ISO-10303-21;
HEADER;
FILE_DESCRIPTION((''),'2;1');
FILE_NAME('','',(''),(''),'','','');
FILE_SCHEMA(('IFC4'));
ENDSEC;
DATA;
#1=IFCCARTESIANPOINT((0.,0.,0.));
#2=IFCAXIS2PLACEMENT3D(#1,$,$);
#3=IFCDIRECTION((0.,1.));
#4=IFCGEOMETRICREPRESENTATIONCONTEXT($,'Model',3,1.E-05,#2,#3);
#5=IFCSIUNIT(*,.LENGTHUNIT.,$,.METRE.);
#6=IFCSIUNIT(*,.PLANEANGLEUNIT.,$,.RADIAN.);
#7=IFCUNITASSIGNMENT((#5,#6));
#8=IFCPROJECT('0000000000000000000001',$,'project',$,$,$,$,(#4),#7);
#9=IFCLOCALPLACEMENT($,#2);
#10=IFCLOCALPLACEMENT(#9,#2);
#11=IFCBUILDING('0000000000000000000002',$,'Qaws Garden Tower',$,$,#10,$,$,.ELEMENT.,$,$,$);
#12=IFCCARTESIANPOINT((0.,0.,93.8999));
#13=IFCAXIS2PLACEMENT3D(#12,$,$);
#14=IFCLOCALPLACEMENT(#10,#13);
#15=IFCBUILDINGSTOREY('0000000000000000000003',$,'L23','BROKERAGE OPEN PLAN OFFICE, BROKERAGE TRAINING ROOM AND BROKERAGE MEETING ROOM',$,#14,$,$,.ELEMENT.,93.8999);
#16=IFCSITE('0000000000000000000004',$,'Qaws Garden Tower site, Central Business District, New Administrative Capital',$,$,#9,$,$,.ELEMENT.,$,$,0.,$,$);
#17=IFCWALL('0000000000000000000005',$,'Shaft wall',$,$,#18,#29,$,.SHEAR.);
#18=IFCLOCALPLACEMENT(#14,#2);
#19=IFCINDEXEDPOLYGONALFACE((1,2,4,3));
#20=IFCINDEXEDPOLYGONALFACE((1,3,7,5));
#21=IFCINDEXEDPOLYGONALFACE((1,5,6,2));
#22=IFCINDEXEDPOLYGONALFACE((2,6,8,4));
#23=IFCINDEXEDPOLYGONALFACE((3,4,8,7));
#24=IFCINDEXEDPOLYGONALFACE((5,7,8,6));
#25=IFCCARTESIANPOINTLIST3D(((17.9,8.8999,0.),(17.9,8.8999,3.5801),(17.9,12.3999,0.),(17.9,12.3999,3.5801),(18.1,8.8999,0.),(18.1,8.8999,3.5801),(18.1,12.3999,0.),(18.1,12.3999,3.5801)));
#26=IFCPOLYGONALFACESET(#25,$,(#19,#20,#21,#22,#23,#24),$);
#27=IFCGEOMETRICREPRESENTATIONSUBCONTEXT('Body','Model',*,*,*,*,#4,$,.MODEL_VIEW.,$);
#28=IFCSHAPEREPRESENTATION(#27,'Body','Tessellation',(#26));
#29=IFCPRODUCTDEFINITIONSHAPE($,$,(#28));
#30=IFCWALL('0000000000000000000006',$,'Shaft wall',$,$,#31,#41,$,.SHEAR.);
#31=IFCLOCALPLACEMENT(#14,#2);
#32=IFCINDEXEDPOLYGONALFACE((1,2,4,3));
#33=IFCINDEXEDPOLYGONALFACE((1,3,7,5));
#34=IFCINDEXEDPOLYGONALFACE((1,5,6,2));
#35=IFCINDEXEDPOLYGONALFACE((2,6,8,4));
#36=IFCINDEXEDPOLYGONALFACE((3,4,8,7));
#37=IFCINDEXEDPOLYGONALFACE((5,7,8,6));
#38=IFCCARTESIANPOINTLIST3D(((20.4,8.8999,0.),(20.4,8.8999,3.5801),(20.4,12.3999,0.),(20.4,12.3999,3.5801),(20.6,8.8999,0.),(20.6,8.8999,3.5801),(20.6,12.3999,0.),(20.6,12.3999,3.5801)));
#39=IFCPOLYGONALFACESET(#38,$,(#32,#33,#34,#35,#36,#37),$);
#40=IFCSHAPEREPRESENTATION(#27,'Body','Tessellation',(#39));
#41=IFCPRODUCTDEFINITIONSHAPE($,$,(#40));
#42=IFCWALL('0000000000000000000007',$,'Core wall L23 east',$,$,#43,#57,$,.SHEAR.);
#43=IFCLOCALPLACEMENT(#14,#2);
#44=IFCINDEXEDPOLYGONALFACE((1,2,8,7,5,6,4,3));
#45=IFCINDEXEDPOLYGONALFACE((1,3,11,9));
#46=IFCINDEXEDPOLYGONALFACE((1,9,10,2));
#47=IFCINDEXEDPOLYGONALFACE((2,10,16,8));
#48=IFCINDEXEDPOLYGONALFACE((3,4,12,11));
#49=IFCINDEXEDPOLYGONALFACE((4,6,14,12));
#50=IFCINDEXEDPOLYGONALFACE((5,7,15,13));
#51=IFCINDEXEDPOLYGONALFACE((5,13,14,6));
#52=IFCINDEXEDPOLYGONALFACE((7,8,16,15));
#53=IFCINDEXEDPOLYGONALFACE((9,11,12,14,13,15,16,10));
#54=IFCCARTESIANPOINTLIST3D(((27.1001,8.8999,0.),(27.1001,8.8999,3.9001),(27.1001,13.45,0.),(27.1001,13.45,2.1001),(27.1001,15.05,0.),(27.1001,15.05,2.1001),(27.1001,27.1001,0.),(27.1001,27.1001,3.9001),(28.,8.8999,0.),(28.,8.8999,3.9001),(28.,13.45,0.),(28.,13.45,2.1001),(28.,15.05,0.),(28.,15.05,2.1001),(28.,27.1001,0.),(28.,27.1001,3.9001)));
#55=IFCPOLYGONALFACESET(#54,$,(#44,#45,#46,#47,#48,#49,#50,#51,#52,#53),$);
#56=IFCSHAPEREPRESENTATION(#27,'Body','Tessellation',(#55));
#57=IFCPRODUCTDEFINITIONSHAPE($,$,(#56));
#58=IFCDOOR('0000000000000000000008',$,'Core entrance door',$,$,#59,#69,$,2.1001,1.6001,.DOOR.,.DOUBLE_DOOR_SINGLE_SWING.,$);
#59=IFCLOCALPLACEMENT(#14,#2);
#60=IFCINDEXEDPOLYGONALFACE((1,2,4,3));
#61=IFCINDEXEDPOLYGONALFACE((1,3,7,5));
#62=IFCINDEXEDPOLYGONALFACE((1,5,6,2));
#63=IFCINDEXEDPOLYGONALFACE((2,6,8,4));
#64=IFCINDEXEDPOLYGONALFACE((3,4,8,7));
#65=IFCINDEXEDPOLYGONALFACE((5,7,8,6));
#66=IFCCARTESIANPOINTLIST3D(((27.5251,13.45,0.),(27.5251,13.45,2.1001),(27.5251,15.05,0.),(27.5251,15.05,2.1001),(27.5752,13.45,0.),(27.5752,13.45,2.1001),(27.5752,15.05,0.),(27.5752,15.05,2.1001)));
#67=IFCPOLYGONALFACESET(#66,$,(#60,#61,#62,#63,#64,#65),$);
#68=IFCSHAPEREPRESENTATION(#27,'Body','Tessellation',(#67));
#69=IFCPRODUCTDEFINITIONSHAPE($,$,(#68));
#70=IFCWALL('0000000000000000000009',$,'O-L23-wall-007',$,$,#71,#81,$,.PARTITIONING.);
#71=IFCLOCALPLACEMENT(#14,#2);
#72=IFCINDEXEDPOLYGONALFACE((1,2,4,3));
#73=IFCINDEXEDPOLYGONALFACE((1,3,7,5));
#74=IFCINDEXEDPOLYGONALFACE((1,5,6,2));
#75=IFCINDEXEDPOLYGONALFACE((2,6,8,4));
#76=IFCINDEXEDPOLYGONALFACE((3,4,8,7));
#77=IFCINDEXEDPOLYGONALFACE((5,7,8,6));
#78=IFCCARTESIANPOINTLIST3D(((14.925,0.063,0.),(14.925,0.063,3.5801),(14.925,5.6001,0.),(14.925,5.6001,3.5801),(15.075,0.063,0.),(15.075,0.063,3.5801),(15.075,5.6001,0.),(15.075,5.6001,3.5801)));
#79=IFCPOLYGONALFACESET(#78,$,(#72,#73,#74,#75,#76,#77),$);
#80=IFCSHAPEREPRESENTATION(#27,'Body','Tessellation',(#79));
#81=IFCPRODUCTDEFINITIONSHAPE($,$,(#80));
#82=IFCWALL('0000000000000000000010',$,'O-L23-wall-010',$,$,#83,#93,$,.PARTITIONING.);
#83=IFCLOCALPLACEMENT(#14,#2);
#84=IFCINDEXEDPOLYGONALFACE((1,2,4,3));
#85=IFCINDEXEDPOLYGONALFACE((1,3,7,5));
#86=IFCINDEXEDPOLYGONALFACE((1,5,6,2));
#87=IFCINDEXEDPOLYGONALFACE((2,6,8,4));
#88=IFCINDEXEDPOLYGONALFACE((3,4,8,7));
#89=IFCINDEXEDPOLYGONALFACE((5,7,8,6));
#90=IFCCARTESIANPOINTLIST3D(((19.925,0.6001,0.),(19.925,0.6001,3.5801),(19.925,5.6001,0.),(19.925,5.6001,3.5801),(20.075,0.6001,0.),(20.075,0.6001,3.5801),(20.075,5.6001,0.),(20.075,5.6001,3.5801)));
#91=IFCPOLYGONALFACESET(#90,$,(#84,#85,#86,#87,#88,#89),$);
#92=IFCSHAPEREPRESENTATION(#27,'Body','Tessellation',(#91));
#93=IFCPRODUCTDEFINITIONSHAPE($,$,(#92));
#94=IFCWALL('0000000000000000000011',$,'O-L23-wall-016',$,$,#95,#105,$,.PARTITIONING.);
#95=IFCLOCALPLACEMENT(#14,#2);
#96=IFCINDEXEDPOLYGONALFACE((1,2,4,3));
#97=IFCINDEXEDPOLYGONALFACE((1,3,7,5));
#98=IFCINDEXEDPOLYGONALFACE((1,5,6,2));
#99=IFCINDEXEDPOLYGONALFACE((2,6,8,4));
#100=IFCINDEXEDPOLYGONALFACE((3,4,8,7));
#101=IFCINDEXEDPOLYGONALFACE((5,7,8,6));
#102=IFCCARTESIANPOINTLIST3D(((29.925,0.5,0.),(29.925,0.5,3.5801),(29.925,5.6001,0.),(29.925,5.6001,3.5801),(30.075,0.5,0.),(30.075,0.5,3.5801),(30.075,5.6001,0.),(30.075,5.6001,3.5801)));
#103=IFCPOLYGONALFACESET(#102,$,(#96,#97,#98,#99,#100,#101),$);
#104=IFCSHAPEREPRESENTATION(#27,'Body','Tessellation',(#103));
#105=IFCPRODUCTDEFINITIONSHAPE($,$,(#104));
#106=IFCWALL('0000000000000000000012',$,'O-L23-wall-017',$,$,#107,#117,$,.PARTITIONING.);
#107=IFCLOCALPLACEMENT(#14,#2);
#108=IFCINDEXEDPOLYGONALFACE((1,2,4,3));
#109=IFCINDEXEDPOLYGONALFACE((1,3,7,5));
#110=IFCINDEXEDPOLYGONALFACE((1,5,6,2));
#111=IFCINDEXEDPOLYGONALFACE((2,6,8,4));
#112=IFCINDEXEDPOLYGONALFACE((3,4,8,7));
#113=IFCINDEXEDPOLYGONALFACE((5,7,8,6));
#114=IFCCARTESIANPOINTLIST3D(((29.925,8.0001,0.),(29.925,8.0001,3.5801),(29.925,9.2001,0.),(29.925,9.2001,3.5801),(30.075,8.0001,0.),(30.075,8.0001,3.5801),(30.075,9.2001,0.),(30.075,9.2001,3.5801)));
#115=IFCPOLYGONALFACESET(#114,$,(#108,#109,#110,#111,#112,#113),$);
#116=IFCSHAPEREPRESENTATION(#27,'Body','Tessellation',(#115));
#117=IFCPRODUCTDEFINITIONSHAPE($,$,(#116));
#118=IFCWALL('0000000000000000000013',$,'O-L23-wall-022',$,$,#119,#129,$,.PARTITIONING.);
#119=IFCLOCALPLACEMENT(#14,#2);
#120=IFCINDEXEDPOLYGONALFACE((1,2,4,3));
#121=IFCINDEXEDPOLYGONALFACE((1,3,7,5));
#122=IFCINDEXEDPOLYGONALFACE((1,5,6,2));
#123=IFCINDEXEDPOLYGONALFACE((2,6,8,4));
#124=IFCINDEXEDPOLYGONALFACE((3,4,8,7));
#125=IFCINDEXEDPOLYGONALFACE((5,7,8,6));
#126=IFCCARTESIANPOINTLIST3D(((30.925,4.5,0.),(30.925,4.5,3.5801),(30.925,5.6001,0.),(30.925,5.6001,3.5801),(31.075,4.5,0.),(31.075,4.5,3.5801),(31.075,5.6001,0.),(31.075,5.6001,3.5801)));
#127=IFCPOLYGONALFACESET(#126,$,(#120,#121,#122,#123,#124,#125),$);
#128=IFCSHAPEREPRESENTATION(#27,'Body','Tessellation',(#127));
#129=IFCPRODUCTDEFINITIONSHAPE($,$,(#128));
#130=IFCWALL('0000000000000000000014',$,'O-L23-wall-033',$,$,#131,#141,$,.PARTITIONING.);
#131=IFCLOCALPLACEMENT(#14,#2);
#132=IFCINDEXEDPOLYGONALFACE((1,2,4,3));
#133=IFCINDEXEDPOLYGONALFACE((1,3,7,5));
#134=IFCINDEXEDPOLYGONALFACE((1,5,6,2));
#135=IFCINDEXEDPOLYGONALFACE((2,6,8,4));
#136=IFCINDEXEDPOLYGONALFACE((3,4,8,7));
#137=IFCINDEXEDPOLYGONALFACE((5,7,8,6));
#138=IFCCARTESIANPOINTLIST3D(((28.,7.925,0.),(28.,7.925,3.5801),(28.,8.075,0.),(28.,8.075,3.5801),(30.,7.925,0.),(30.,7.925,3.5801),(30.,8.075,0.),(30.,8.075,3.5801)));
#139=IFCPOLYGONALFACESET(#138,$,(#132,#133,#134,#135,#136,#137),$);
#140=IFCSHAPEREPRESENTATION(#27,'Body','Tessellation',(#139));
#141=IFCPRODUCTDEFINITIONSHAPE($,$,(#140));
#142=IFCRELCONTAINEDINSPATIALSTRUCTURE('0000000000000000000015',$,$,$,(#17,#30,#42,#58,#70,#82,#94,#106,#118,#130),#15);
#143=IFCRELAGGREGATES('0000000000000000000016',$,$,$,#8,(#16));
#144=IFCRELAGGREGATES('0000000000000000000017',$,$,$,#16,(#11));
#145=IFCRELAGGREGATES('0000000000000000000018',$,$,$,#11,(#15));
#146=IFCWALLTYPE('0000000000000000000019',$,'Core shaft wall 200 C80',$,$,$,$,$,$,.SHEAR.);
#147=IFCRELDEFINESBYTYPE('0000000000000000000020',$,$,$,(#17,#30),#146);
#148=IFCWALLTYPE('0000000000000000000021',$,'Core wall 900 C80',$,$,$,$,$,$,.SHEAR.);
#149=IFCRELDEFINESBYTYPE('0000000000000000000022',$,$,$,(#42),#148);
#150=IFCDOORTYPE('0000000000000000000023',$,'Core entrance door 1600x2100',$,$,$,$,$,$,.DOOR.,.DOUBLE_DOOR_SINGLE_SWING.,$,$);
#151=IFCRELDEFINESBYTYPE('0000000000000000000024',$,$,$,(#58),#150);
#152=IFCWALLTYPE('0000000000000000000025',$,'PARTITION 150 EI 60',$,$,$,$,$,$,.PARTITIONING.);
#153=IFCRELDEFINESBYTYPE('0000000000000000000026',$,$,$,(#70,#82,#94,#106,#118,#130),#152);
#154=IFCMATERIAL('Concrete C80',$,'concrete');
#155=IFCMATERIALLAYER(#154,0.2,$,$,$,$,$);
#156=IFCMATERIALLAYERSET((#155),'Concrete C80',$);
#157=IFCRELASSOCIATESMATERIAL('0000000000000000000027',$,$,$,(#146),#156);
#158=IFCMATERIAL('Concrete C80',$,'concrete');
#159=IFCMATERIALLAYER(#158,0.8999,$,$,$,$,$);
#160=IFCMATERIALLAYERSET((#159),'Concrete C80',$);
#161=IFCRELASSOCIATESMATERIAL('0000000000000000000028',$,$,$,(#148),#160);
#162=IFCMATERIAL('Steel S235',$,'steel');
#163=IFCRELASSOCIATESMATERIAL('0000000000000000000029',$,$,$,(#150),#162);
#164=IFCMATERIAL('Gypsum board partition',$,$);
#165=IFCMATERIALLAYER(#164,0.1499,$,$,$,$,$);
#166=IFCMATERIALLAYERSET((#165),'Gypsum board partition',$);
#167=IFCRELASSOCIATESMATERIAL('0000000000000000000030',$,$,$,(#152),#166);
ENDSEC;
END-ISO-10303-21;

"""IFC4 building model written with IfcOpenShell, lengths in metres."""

from ifc_helpers import new_model, si_unit, direction, frame, frame_2d, origin, place, context, subcontext, project, spatial, rectangle, extrude, material, layer, layer_set, type_object, element, fill, save


model = new_model("IFC4")

# Units and contexts
model_context = context("Model", 3, precision=1e-05, world=origin(), true_north=direction((0.0, 1.0)))
body_context = subcontext(model_context, "Body", "Model", "MODEL_VIEW")
ifc_project = project(units=[si_unit("LENGTHUNIT", "METRE"), si_unit("PLANEANGLEUNIT", "RADIAN")], contexts=[model_context])

# Site, building, storey
site_placement = place(None, origin())
site = spatial("IfcSite", under=ifc_project, at=site_placement, Name="Qaws Garden Tower site, Central Business District, New Administrative Capital", CompositionType="ELEMENT", RefElevation=0.0)
building_placement = place(site_placement, origin())
building = spatial("IfcBuilding", under=site, at=building_placement, Name="Qaws Garden Tower", CompositionType="ELEMENT")
storey_placement = place(building_placement, frame((0.0, 0.0, 93.8999)))
storey = spatial("IfcBuildingStorey", under=building, at=storey_placement, Name="L23", Description="BROKERAGE OPEN PLAN OFFICE, BROKERAGE TRAINING ROOM AND BROKERAGE MEETING ROOM", CompositionType="ELEMENT", Elevation=93.8999)

# Walls
ifc_material_1 = material(Name="Concrete C80", Category="concrete")
ifc_layer_1 = layer(ifc_material_1, 0.2)
ifc_layer_set_1 = layer_set([ifc_layer_1], Name="Concrete C80")
wall_type_1 = type_object("IfcWallType", Name="Core shaft wall 200 C80", PredefinedType="SHEAR", material=ifc_layer_set_1)
for number, where, z_axis, x_axis, name in (
    (1, (18.0, 8.8999, 0.0), (0.0, 0.0, 1.0), (0.0, 1.0, 0.0), "Shaft wall"),
    (2, (20.5, 8.8999, 0.0), (0.0, 0.0, 1.0), (0.0, 1.0, 0.0), "Shaft wall"),
):
    element("IfcWall", number, at=place(storey_placement, frame(where, z_axis=z_axis, x_axis=x_axis)), inside=storey, type_object=wall_type_1, Name=name, PredefinedType="SHEAR", context=body_context, shape_type="SweptSolid", body=[
        extrude(rectangle(XDim=3.5, YDim=0.2, at=frame_2d((1.75, 0.0))), origin(), (0.0, 0.0, 1.0), 3.5801),
    ])

# Wall, opening, door
ifc_material_2 = material(Name="Concrete C80", Category="concrete")
ifc_layer_2 = layer(ifc_material_2, 0.8999)
ifc_layer_set_2 = layer_set([ifc_layer_2], Name="Concrete C80")
wall_type_2 = type_object("IfcWallType", Name="Core wall 900 C80", PredefinedType="SHEAR", material=ifc_layer_set_2)
wall_1_placement = place(storey_placement, frame((27.55, 8.8999, 0.0), z_axis=(0.0, 0.0, 1.0), x_axis=(0.0, 1.0, 0.0)))
wall_1 = element("IfcWall", 3, at=wall_1_placement, inside=storey, type_object=wall_type_2, Name="Core wall L23 east", PredefinedType="SHEAR", context=body_context, shape_type="SweptSolid", body=[
    extrude(rectangle(XDim=18.2002, YDim=0.8999, at=frame_2d((9.1001, 0.0))), origin(), (0.0, 0.0, 1.0), 3.9001),
])
opening_1_placement = place(wall_1_placement, frame((4.55, 0.0, 0.0)))
opening_1 = element("IfcOpeningElement", 4, at=opening_1_placement, cuts=wall_1, PredefinedType="OPENING", context=body_context, shape_type="SweptSolid", body=[
    extrude(rectangle(XDim=1.6001, YDim=2.1001, at=frame_2d((0.8, 1.05))), frame((0.0, 0.46, 0.0), z_axis=(0.0, -1.0, 0.0), x_axis=(1.0, 0.0, 0.0)), (0.0, 0.0, 1.0), 0.9199),
])
ifc_material_3 = material(Name="Steel S235", Category="steel")
door_type = type_object("IfcDoorType", Name="Core entrance door 1600x2100", OperationType="DOUBLE_DOOR_SINGLE_SWING", PredefinedType="DOOR", material=ifc_material_3)
door_placement = place(opening_1_placement, origin())
door = element("IfcDoor", 5, at=door_placement, inside=storey, type_object=door_type, Name="Core entrance door", OperationType="DOUBLE_DOOR_SINGLE_SWING", OverallHeight=2.1001, OverallWidth=1.6001, PredefinedType="DOOR", context=body_context, shape_type="SweptSolid", body=[
    extrude(rectangle(XDim=1.6001, YDim=2.1001, at=frame_2d((0.8, 1.05))), frame((0.0, 0.0249, 0.0), z_axis=(0.0, -1.0, 0.0), x_axis=(1.0, 0.0, 0.0)), (0.0, 0.0, 1.0), 0.05),
])
fill(opening_1, door)

# Walls
ifc_material_4 = material(Name="Gypsum board partition")
ifc_layer_3 = layer(ifc_material_4, 0.1499)
ifc_layer_set_3 = layer_set([ifc_layer_3], Name="Gypsum board partition")
wall_type_3 = type_object("IfcWallType", Name="PARTITION 150 EI 60", PredefinedType="PARTITIONING", material=ifc_layer_set_3)
wall_2_placement = place(storey_placement, frame((15.0, 0.063, 0.0), z_axis=(0.0, 0.0, 1.0), x_axis=(0.0, 1.0, 0.0)))
element("IfcWall", 6, at=wall_2_placement, inside=storey, type_object=wall_type_3, Name="O-L23-wall-007", PredefinedType="PARTITIONING", context=body_context, shape_type="SweptSolid", body=[
    extrude(rectangle(XDim=5.5371, YDim=0.1499, at=frame_2d((2.7686, 0.0))), origin(), (0.0, 0.0, 1.0), 3.5801),
])
wall_3_placement = place(storey_placement, frame((20.0, 0.6001, 0.0), z_axis=(0.0, 0.0, 1.0), x_axis=(0.0, 1.0, 0.0)))
element("IfcWall", 7, at=wall_3_placement, inside=storey, type_object=wall_type_3, Name="O-L23-wall-010", PredefinedType="PARTITIONING", context=body_context, shape_type="SweptSolid", body=[
    extrude(rectangle(XDim=5.0, YDim=0.1499, at=frame_2d((2.5, 0.0))), origin(), (0.0, 0.0, 1.0), 3.5801),
])
wall_4_placement = place(storey_placement, frame((30.0, 0.5, 0.0), z_axis=(0.0, 0.0, 1.0), x_axis=(0.0, 1.0, 0.0)))
element("IfcWall", 8, at=wall_4_placement, inside=storey, type_object=wall_type_3, Name="O-L23-wall-016", PredefinedType="PARTITIONING", context=body_context, shape_type="SweptSolid", body=[
    extrude(rectangle(XDim=5.1001, YDim=0.1499, at=frame_2d((2.55, 0.0))), origin(), (0.0, 0.0, 1.0), 3.5801),
])
wall_5_placement = place(storey_placement, frame((30.0, 8.0, 0.0), z_axis=(0.0, 0.0, 1.0), x_axis=(0.0, 1.0, 0.0)))
element("IfcWall", 9, at=wall_5_placement, inside=storey, type_object=wall_type_3, Name="O-L23-wall-017", PredefinedType="PARTITIONING", context=body_context, shape_type="SweptSolid", body=[
    extrude(rectangle(XDim=1.2, YDim=0.1499, at=frame_2d((0.6001, 0.0))), origin(), (0.0, 0.0, 1.0), 3.5801),
])
wall_6_placement = place(storey_placement, frame((31.0, 4.5, 0.0), z_axis=(0.0, 0.0, 1.0), x_axis=(0.0, 1.0, 0.0)))
element("IfcWall", 10, at=wall_6_placement, inside=storey, type_object=wall_type_3, Name="O-L23-wall-022", PredefinedType="PARTITIONING", context=body_context, shape_type="SweptSolid", body=[
    extrude(rectangle(XDim=1.1001, YDim=0.1499, at=frame_2d((0.55, 0.0))), origin(), (0.0, 0.0, 1.0), 3.5801),
])
wall_7_placement = place(storey_placement, frame((28.0, 8.0, 0.0), z_axis=(0.0, 0.0, 1.0), x_axis=(1.0, 0.0, 0.0)))
element("IfcWall", 11, at=wall_7_placement, inside=storey, type_object=wall_type_3, Name="O-L23-wall-033", PredefinedType="PARTITIONING", context=body_context, shape_type="SweptSolid", body=[
    extrude(rectangle(XDim=2.0, YDim=0.1499, at=frame_2d((1.0, 0.0))), origin(), (0.0, 0.0, 1.0), 3.5801),
])

save(model, "model.ifc")
